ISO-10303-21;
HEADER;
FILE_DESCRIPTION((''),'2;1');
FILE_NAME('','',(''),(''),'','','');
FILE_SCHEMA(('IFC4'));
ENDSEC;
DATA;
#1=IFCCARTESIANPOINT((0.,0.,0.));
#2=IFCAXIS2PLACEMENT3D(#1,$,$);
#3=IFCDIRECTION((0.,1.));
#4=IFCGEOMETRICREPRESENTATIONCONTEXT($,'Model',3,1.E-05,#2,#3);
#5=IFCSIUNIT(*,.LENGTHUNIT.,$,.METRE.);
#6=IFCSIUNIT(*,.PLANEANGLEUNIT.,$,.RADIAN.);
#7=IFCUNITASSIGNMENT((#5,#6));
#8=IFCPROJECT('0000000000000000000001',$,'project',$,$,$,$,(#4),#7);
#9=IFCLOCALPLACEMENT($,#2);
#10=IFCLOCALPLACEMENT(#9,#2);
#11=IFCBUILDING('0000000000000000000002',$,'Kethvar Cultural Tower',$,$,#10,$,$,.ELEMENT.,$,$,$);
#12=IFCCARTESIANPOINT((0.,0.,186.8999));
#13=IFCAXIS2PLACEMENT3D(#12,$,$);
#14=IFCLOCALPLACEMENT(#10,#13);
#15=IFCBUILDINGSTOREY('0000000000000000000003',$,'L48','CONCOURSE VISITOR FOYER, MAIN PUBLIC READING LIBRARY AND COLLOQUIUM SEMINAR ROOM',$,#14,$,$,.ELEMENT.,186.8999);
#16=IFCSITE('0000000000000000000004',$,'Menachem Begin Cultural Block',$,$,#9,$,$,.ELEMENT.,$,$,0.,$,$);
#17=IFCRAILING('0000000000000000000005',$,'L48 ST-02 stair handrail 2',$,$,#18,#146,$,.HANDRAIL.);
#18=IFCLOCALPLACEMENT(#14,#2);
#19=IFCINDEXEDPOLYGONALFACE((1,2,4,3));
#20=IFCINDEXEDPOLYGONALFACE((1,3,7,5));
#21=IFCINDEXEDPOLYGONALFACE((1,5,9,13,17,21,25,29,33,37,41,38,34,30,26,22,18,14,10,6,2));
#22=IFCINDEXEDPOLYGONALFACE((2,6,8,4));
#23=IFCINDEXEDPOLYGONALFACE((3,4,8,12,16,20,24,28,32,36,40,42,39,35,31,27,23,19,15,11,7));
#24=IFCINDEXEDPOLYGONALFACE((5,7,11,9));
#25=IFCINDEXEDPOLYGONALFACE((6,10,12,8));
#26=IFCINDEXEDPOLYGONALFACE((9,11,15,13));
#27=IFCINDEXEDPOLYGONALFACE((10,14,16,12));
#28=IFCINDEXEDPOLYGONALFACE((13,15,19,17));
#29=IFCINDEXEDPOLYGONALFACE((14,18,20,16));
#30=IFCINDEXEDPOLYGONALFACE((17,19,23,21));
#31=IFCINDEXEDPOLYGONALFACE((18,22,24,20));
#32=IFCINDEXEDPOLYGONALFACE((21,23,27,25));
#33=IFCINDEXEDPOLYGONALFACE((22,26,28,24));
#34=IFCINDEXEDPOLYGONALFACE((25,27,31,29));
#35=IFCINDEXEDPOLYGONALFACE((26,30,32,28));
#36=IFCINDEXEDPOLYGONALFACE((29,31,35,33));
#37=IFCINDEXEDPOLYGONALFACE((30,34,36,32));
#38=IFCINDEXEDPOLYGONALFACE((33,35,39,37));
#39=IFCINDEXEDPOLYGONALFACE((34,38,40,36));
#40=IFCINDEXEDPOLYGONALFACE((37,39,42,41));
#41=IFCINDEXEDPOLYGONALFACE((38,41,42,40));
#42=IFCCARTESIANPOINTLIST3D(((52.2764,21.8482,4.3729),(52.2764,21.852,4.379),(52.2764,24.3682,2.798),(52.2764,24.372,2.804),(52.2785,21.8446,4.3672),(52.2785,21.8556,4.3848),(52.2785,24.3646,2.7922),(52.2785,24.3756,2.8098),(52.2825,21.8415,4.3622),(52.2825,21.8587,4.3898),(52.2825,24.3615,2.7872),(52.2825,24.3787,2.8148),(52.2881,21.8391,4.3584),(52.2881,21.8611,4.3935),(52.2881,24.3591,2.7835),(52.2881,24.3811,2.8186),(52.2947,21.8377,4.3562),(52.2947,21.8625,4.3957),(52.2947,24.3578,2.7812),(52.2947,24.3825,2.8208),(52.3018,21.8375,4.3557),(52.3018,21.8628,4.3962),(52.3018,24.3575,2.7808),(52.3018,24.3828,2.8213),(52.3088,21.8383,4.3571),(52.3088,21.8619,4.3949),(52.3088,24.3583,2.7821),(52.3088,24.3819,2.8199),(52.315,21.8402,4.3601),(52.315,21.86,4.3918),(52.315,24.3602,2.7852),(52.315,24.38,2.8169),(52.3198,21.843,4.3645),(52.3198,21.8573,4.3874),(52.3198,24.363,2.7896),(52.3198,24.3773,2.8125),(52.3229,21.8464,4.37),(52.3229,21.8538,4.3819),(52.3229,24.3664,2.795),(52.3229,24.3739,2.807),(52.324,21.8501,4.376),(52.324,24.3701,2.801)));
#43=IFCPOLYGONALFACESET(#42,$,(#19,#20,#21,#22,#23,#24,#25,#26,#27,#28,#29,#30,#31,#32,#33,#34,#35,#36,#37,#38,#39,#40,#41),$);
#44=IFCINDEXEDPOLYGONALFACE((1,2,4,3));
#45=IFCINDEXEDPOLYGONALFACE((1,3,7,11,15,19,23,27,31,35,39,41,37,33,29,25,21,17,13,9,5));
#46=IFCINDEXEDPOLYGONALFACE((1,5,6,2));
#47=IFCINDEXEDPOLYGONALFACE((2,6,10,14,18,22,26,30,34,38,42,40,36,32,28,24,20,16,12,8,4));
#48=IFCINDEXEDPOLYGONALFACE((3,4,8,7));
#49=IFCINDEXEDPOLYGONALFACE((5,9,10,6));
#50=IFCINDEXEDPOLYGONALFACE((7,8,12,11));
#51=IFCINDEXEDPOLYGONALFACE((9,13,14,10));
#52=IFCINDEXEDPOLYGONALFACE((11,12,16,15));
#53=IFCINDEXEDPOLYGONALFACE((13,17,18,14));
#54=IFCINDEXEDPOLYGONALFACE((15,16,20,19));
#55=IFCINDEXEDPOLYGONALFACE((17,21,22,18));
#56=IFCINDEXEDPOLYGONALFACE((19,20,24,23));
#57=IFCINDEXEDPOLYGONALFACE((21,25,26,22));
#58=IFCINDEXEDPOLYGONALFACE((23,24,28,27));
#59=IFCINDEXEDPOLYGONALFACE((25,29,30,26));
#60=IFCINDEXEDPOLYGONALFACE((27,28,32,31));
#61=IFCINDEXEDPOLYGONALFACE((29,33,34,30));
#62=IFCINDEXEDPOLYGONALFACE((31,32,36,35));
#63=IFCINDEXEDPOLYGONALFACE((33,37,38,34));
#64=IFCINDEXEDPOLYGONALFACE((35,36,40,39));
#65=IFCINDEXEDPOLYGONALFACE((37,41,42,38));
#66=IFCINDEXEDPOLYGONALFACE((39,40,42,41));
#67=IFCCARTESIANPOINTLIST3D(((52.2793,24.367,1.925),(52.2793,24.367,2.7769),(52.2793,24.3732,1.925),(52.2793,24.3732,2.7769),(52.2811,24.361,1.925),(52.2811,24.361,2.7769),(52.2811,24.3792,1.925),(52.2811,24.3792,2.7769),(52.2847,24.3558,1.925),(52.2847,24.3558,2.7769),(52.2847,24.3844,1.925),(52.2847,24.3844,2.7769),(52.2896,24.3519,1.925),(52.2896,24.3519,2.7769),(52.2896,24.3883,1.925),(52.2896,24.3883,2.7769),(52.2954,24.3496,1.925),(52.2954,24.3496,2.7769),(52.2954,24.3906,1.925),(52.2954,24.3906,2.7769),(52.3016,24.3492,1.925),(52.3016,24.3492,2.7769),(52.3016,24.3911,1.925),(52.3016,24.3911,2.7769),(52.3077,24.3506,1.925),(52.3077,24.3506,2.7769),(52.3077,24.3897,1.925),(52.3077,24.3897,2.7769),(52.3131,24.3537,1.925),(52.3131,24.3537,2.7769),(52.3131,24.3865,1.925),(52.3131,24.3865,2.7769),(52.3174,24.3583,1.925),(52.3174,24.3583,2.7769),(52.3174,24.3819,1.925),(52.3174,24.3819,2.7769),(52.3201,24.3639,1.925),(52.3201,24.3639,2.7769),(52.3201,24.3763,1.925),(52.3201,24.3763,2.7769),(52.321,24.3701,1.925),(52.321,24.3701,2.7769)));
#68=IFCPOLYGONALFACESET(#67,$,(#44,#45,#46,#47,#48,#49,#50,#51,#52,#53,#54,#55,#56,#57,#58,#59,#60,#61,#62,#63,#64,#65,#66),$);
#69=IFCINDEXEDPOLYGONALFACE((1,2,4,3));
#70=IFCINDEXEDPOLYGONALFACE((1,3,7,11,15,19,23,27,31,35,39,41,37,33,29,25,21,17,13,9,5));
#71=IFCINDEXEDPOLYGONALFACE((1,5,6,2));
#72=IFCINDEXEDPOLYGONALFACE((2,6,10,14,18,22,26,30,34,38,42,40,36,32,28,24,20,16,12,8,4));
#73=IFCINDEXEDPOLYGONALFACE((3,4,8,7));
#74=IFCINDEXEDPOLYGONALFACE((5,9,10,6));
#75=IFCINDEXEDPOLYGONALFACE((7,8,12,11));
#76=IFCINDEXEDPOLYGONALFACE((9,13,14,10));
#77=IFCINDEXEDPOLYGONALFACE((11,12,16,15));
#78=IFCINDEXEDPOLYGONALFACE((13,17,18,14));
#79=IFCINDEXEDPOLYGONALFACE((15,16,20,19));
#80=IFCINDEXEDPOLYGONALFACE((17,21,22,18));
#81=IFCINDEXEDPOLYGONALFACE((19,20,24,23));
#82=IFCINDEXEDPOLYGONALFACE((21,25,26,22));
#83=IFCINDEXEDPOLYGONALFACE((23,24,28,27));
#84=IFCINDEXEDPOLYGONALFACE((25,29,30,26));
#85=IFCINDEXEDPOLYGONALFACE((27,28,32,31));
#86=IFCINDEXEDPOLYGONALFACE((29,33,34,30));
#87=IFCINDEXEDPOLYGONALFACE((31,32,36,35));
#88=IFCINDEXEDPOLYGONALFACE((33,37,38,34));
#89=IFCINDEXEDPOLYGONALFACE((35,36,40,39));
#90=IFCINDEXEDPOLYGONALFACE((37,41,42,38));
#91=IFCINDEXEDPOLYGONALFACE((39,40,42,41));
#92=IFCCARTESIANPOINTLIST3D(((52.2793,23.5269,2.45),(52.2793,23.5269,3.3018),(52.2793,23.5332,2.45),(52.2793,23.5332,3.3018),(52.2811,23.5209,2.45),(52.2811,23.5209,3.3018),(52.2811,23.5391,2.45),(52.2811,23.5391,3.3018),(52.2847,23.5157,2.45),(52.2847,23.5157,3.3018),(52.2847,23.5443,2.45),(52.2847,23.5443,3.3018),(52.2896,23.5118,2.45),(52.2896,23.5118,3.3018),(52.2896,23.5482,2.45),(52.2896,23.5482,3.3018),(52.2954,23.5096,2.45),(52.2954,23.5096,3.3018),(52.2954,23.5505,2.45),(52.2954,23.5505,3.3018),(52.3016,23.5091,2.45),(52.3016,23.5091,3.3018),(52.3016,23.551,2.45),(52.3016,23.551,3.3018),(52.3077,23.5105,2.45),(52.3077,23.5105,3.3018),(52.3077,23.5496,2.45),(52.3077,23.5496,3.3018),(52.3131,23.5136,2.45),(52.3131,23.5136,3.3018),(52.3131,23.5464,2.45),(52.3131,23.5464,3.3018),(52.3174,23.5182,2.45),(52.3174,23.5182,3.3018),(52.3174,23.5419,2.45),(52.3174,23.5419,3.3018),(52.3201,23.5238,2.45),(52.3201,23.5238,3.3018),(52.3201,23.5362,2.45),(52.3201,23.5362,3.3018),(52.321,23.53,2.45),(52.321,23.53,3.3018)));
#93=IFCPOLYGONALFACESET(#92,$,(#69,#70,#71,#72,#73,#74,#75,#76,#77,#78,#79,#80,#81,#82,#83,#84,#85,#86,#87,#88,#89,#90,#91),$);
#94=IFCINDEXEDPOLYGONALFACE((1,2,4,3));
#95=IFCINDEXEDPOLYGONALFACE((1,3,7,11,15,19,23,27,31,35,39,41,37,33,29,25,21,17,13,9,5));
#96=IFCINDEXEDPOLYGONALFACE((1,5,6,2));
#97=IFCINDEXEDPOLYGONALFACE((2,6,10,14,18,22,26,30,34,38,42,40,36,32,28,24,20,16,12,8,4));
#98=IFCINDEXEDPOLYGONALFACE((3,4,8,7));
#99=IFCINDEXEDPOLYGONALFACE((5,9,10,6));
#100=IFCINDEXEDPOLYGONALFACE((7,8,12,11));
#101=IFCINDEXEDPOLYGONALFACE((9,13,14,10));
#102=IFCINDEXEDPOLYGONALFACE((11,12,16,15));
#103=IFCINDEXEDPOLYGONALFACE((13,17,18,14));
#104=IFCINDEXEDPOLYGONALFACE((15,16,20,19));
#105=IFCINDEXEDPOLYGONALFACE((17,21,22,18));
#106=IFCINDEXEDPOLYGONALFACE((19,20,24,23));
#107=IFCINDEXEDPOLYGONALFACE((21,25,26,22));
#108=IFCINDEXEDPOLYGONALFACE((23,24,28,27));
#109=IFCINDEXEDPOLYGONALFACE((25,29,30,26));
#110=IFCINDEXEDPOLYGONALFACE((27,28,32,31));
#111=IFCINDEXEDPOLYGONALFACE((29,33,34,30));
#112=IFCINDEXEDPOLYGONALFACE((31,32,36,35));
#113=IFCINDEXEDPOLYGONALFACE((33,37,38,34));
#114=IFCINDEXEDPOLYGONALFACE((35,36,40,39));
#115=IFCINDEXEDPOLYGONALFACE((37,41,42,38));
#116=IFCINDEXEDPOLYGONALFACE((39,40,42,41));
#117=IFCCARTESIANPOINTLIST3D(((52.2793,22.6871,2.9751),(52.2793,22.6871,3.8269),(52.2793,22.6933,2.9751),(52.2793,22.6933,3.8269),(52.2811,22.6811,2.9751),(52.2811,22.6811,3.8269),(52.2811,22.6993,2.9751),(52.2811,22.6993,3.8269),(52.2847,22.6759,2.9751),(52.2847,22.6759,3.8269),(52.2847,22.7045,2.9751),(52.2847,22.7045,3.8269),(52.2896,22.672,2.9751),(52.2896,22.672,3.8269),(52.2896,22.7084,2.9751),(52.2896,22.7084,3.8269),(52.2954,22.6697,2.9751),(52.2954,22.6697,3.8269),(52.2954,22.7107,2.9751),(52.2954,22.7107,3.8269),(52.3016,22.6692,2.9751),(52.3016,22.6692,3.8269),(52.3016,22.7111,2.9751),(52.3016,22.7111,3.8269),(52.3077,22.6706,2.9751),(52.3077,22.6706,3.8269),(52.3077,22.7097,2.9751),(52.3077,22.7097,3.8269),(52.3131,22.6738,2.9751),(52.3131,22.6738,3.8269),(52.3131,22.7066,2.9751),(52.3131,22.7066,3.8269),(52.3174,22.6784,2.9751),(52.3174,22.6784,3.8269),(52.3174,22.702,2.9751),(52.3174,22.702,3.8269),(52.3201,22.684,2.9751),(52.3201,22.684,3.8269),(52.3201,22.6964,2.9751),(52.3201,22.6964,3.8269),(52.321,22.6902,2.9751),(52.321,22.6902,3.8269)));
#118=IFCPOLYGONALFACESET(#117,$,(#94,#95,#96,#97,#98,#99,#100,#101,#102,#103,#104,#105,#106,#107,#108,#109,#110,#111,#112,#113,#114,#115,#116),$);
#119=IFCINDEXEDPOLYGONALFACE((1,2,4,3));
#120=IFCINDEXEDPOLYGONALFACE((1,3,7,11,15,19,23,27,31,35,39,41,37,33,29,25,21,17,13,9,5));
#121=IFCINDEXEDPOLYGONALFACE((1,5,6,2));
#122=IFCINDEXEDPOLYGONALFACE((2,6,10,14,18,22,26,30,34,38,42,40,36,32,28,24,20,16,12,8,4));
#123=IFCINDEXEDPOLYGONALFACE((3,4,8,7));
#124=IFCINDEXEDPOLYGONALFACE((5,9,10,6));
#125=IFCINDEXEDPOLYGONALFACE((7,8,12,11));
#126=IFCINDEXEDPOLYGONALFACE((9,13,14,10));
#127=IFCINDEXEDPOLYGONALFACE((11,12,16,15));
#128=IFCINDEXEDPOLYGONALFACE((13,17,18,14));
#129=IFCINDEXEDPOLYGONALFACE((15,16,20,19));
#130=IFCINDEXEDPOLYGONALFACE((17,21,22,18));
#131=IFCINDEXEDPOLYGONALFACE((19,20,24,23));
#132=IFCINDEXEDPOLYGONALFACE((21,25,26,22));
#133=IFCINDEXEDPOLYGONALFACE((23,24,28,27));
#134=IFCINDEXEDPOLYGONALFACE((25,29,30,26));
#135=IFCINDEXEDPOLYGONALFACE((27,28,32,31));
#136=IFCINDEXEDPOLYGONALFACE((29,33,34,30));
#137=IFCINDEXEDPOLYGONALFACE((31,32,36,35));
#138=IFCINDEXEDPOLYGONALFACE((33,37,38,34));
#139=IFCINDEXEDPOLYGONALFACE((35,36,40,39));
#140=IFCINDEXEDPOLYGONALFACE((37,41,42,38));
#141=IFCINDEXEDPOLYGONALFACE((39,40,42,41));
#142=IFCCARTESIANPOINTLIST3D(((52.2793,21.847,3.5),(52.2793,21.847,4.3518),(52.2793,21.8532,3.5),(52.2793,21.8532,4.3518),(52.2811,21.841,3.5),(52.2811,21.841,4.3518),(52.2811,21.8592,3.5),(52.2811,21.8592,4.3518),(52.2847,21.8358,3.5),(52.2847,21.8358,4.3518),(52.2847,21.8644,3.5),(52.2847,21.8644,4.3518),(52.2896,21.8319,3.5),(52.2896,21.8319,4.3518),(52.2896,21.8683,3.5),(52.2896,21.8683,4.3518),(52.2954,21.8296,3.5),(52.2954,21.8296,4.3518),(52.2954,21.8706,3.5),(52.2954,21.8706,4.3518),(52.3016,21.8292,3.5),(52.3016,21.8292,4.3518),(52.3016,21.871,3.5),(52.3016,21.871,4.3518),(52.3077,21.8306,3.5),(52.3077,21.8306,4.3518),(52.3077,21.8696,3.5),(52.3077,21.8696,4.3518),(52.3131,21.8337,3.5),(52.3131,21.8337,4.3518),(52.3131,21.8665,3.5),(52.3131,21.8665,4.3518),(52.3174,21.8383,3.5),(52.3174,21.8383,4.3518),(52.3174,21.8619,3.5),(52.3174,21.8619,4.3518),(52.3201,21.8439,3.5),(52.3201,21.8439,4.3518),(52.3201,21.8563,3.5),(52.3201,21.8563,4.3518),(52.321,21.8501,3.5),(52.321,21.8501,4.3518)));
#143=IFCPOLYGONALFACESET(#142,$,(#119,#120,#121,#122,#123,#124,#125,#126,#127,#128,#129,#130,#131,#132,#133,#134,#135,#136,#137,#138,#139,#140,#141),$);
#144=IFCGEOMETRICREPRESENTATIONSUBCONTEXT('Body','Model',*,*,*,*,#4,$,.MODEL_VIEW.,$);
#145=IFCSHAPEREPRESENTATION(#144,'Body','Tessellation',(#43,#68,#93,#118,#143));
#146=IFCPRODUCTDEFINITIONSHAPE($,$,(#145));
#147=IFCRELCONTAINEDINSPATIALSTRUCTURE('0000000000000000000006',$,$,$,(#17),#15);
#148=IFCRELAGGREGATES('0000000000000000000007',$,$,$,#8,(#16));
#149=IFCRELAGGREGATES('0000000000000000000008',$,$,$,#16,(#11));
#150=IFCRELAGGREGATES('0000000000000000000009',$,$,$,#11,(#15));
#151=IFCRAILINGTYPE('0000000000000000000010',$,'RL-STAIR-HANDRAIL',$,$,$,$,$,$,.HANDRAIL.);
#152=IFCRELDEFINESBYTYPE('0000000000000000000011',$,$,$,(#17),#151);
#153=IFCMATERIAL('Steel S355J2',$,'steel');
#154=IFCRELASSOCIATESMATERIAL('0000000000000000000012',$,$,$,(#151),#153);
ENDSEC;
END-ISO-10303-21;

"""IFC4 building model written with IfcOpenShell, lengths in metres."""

from ifc_helpers import new_model, si_unit, direction, frame, origin, origin_2d, place, context, subcontext, project, spatial, circle, extrude, material, type_object, element, save


model = new_model("IFC4")

# Units and contexts
model_context = context("Model", 3, precision=1e-05, world=origin(), true_north=direction((0.0, 1.0)))
body_context = subcontext(model_context, "Body", "Model", "MODEL_VIEW")
ifc_project = project(units=[si_unit("LENGTHUNIT", "METRE"), si_unit("PLANEANGLEUNIT", "RADIAN")], contexts=[model_context])

# Site, building, storey
site_placement = place(None, origin())
site = spatial("IfcSite", under=ifc_project, at=site_placement, Name="Menachem Begin Cultural Block", CompositionType="ELEMENT", RefElevation=0.0)
building_placement = place(site_placement, origin())
building = spatial("IfcBuilding", under=site, at=building_placement, Name="Kethvar Cultural Tower", CompositionType="ELEMENT")
storey_placement = place(building_placement, frame((0.0, 0.0, 186.8999)))
storey = spatial("IfcBuildingStorey", under=building, at=storey_placement, Name="L48", Description="CONCOURSE VISITOR FOYER, MAIN PUBLIC READING LIBRARY AND COLLOQUIUM SEMINAR ROOM", CompositionType="ELEMENT", Elevation=186.8999)

# Shared definitions
ifc_material_1 = material(Name="Steel S355J2", Category="steel")

# Railing
railing_type_1 = type_object("IfcRailingType", Name="RL-STAIR-HANDRAIL", PredefinedType="HANDRAIL", material=ifc_material_1)
railing_1_placement = place(storey_placement, frame((52.3, 24.3701, 1.925)))
element("IfcRailing", 1, at=railing_1_placement, inside=storey, type_object=railing_type_1, Name="L48 ST-02 stair handrail 2", PredefinedType="HANDRAIL", context=body_context, shape_type="SweptSolid", body=[
    extrude(circle(Radius=0.0239, at=origin_2d()), frame((0.0, 0.0, 0.876), z_axis=(0.0, -0.848008, 0.529984), x_axis=(1.0, 0.0, 0.0)), (0.0, 0.0, 1.0), 2.9717),
    extrude(circle(Radius=0.021, at=origin_2d()), origin(), (0.0, 0.0, 1.0), 0.8518),
    extrude(circle(Radius=0.021, at=origin_2d()), frame((0.0, -0.8401, 0.5249)), (0.0, 0.0, 1.0), 0.8518),
    extrude(circle(Radius=0.021, at=origin_2d()), frame((0.0, -1.6799, 1.05)), (0.0, 0.0, 1.0), 0.8518),
    extrude(circle(Radius=0.021, at=origin_2d()), frame((0.0, -2.52, 1.575)), (0.0, 0.0, 1.0), 0.8518),
])

save(model, "model.ifc")
